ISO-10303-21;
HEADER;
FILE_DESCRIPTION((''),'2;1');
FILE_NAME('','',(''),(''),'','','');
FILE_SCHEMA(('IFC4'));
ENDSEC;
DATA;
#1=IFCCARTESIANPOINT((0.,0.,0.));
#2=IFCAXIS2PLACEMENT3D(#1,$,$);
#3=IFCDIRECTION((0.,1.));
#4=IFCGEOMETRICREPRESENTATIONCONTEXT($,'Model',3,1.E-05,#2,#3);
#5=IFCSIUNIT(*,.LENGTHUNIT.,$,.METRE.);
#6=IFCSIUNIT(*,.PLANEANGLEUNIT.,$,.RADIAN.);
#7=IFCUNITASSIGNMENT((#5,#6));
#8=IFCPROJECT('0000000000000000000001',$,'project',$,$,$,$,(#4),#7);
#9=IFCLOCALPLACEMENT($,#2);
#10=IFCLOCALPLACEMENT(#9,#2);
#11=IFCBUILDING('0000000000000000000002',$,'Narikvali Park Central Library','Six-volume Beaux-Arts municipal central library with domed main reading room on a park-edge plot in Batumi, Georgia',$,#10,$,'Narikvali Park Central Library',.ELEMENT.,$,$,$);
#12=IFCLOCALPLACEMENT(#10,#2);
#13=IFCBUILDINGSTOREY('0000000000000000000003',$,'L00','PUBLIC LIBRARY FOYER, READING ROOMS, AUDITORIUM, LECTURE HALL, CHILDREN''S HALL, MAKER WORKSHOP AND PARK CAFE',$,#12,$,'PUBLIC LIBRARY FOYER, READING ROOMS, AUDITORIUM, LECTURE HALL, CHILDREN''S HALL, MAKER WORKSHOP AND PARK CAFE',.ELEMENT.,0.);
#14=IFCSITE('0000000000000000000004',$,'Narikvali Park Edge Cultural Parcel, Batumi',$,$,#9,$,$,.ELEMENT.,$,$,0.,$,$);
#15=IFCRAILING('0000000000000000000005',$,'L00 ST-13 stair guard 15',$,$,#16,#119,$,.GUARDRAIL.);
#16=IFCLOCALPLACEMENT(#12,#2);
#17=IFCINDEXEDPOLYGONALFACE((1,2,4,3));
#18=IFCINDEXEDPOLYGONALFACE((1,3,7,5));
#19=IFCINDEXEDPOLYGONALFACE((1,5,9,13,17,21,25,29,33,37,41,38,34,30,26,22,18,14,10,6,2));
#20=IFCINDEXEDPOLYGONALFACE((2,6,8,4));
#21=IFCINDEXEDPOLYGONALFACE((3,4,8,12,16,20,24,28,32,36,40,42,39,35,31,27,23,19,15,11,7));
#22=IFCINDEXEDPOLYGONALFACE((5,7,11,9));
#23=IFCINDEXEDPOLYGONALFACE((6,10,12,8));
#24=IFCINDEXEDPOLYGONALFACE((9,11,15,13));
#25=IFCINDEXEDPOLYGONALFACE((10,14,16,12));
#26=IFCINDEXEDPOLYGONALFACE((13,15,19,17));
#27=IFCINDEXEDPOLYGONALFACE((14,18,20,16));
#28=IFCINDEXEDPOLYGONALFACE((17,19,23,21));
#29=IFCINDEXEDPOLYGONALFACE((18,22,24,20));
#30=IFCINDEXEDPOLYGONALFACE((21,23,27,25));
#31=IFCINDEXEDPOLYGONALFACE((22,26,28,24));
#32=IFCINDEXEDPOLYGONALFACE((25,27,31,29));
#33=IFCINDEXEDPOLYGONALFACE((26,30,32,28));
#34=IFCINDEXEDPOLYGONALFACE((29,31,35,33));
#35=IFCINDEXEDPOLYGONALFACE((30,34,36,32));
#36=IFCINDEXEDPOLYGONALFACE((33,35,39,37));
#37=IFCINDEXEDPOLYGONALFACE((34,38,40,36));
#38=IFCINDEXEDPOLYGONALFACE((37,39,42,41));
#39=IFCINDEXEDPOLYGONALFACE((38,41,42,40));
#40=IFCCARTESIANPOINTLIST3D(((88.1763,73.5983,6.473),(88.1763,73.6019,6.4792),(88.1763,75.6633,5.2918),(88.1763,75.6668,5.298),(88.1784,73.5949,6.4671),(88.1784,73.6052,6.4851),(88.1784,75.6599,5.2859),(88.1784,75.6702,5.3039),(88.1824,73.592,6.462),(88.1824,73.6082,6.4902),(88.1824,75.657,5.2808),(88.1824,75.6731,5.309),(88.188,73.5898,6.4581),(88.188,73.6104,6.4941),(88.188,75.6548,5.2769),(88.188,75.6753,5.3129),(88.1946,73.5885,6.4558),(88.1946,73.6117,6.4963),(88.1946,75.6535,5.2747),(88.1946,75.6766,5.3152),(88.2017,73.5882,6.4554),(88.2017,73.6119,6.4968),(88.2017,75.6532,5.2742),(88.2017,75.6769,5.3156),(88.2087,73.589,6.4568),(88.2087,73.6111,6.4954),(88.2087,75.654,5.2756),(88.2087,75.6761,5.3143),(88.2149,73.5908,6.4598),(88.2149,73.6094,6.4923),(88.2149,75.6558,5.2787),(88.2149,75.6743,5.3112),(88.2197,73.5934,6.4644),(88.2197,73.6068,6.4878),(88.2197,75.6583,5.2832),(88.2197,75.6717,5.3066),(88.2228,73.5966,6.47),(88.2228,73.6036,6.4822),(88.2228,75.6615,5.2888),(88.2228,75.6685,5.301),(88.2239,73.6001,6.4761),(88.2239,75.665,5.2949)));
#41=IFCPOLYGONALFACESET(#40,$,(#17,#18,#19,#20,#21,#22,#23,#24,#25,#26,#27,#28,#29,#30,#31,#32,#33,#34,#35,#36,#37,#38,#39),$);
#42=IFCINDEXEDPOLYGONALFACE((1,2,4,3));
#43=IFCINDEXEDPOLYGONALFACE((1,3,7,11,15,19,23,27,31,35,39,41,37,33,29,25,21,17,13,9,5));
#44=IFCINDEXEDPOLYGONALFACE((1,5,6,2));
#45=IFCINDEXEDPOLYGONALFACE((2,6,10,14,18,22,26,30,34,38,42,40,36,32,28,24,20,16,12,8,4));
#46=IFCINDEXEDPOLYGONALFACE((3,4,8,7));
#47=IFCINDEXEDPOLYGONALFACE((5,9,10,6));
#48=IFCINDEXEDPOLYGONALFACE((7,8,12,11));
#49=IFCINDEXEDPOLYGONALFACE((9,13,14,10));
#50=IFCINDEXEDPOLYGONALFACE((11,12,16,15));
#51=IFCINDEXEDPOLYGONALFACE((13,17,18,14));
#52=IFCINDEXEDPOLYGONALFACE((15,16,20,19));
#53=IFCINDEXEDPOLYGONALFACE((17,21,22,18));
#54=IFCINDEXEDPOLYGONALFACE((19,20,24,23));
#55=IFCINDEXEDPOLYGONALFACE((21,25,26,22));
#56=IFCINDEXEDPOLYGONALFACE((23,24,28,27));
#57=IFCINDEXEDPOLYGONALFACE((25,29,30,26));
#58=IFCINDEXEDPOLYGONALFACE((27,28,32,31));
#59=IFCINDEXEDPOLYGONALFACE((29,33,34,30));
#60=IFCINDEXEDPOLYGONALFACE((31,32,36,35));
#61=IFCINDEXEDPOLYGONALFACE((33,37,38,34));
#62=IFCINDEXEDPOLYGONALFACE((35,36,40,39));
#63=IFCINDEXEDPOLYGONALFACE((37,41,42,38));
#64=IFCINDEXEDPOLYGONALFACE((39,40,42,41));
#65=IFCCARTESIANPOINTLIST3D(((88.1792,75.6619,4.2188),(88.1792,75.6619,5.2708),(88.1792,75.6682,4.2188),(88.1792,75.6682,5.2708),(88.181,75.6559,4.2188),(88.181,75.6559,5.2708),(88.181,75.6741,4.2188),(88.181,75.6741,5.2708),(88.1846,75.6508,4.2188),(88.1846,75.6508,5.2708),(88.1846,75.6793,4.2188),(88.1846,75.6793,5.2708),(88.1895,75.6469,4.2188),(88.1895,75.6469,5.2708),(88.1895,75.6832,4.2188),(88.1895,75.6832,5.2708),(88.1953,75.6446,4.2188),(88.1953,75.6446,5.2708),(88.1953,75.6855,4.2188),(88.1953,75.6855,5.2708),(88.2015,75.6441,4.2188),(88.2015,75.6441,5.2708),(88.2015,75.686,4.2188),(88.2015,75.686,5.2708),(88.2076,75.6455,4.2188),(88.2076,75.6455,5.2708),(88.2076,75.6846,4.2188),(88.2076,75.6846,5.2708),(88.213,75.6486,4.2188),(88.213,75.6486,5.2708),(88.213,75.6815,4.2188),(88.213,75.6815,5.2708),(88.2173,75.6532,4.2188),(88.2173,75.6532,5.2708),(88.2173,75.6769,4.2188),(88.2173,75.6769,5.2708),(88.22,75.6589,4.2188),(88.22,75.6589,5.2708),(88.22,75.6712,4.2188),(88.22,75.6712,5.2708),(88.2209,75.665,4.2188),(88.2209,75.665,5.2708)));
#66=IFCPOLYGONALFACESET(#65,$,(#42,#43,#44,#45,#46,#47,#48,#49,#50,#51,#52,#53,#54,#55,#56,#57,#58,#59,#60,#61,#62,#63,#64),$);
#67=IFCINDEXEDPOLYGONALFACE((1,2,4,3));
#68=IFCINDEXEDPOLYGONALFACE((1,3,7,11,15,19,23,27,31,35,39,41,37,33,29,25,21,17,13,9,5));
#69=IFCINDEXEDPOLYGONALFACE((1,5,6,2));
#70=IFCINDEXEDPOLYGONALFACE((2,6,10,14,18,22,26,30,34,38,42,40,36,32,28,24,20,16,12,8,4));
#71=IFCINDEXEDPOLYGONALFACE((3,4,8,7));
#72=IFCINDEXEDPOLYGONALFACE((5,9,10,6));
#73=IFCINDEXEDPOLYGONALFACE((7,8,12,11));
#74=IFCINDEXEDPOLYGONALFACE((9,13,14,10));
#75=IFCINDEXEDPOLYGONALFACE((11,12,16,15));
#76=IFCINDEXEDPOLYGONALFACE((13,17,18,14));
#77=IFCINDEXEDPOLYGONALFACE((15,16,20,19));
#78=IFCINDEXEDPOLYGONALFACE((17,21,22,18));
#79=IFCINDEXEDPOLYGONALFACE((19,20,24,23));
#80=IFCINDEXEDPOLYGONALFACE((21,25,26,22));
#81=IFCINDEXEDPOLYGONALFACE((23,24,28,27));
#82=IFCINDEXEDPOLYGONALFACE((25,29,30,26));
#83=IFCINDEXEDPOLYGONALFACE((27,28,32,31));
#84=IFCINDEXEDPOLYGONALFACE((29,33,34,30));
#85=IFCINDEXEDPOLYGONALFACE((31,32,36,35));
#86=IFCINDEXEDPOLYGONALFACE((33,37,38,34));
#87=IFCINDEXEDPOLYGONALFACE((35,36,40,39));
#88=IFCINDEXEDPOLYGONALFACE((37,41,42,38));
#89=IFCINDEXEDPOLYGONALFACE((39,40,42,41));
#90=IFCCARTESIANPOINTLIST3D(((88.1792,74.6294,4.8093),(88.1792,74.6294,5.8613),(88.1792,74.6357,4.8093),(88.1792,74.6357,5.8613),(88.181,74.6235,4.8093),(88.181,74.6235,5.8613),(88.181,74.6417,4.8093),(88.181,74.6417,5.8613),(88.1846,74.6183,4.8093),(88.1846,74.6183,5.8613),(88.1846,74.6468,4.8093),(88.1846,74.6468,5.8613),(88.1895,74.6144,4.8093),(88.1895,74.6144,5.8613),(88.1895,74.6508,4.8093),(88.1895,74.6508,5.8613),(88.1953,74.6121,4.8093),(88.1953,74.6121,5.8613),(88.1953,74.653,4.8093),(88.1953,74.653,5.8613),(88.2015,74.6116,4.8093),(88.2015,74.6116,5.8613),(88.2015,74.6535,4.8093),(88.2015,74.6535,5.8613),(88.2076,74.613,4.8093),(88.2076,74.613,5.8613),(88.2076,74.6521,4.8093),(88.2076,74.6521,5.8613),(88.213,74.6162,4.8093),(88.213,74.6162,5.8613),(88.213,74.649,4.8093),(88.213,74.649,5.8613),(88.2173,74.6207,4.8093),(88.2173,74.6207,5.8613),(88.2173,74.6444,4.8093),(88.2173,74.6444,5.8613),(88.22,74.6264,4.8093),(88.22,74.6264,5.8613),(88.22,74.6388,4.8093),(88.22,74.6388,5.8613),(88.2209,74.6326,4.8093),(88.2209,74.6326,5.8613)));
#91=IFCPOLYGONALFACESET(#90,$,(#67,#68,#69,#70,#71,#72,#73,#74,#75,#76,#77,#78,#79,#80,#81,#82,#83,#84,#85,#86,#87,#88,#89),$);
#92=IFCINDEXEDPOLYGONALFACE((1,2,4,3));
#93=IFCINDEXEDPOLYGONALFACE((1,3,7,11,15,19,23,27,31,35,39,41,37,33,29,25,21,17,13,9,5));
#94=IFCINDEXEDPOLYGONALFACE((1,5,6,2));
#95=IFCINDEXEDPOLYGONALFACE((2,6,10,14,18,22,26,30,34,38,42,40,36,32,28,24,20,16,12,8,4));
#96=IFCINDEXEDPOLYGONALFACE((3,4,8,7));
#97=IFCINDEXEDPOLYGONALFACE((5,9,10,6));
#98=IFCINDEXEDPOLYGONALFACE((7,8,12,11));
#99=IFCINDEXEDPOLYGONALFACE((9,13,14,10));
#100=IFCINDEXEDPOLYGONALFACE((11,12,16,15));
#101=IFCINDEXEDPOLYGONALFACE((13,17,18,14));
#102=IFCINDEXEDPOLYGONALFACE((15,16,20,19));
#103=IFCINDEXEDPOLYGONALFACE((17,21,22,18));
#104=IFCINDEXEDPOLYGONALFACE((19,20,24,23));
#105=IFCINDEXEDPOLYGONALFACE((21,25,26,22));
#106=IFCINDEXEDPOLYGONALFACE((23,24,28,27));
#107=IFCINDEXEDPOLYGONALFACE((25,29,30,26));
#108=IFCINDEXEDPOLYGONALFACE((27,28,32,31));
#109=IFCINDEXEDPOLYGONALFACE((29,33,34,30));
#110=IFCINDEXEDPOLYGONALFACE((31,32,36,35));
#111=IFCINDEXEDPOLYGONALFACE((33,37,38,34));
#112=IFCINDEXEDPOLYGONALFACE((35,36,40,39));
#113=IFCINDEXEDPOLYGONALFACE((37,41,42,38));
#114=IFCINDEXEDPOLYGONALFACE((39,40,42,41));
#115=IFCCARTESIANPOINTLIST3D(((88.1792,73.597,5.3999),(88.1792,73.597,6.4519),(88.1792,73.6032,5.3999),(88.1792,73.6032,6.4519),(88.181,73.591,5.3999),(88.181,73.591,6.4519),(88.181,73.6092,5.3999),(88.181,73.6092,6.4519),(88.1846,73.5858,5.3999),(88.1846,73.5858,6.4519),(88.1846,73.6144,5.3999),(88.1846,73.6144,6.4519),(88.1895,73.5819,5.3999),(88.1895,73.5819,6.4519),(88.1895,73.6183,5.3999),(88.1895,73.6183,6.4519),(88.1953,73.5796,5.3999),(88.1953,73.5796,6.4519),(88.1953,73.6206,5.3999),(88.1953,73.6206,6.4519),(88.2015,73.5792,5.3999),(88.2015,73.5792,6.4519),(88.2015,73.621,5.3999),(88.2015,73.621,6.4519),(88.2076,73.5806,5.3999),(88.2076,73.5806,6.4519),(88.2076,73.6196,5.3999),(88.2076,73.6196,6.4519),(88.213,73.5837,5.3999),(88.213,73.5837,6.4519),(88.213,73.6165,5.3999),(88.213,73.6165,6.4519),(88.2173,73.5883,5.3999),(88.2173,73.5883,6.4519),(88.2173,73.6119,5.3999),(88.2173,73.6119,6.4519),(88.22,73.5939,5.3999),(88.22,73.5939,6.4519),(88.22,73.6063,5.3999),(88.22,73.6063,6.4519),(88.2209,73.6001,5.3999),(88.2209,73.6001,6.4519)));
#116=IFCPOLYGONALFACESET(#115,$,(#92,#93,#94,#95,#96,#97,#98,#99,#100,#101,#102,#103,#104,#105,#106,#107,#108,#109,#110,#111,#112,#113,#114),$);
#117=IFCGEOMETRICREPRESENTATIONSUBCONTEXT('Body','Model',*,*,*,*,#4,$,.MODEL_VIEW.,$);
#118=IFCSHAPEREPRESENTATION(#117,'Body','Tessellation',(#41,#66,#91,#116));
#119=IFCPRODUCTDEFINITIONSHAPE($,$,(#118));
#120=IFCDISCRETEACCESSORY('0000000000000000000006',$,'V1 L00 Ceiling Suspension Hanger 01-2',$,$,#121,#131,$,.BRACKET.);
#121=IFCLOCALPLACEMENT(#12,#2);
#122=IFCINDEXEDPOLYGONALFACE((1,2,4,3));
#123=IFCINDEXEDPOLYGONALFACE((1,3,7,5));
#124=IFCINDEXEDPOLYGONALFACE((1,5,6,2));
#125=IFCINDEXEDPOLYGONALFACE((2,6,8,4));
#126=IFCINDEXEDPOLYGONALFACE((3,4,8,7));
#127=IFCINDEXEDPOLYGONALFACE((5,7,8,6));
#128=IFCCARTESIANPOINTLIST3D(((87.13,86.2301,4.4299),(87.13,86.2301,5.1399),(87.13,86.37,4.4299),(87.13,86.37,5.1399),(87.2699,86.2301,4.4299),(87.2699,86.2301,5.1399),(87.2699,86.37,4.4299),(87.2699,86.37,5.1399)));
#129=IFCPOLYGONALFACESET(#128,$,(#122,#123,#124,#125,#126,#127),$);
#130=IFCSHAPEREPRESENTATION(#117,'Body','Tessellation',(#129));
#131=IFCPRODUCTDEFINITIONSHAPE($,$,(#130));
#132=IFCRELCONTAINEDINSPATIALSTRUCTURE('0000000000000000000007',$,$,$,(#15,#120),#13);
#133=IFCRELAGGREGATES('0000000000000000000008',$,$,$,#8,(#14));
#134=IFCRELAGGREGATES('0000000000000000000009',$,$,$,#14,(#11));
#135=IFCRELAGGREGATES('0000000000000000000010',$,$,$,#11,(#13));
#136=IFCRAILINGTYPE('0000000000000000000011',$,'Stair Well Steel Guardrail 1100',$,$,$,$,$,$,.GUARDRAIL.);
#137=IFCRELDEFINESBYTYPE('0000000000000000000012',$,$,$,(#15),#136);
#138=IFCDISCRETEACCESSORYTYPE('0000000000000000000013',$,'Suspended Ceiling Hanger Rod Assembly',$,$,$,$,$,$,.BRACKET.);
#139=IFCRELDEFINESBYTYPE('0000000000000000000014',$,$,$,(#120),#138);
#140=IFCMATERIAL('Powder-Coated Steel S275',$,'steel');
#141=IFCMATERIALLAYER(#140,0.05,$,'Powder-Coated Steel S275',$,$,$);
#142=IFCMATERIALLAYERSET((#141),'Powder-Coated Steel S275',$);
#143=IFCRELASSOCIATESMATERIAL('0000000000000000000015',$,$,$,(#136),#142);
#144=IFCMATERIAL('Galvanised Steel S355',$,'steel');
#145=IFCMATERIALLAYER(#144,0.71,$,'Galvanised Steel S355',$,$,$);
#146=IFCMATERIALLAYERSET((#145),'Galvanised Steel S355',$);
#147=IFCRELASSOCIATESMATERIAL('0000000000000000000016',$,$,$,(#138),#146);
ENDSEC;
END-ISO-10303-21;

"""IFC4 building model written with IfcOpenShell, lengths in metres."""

from ifc_helpers import new_model, si_unit, direction, frame, origin, origin_2d, place, context, subcontext, project, spatial, rectangle, circle, extrude, material, layer, layer_set, type_object, element, save


model = new_model("IFC4")

# Units and contexts
model_context = context("Model", 3, precision=1e-05, world=origin(), true_north=direction((0.0, 1.0)))
body_context = subcontext(model_context, "Body", "Model", "MODEL_VIEW")
ifc_project = project(units=[si_unit("LENGTHUNIT", "METRE"), si_unit("PLANEANGLEUNIT", "RADIAN")], contexts=[model_context])

# Site, building, storey
site_placement = place(None, origin())
site = spatial("IfcSite", under=ifc_project, at=site_placement, Name="Narikvali Park Edge Cultural Parcel, Batumi", CompositionType="ELEMENT", RefElevation=0.0)
building_placement = place(site_placement, origin())
building = spatial("IfcBuilding", under=site, at=building_placement, Name="Narikvali Park Central Library", Description="Six-volume Beaux-Arts municipal central library with domed main reading room on a park-edge plot in Batumi, Georgia", LongName="Narikvali Park Central Library", CompositionType="ELEMENT")
storey_placement = place(building_placement, origin())
storey = spatial("IfcBuildingStorey", under=building, at=storey_placement, Name="L00", Description="PUBLIC LIBRARY FOYER, READING ROOMS, AUDITORIUM, LECTURE HALL, CHILDREN'S HALL, MAKER WORKSHOP AND PARK CAFE", LongName="PUBLIC LIBRARY FOYER, READING ROOMS, AUDITORIUM, LECTURE HALL, CHILDREN'S HALL, MAKER WORKSHOP AND PARK CAFE", CompositionType="ELEMENT", Elevation=0.0)

# Railing
ifc_material_1 = material(Name="Powder-Coated Steel S275", Category="steel")
ifc_layer_1 = layer(ifc_material_1, 0.05, Name="Powder-Coated Steel S275")
ifc_layer_set_1 = layer_set([ifc_layer_1], Name="Powder-Coated Steel S275")
railing_type_1 = type_object("IfcRailingType", Name="Stair Well Steel Guardrail 1100", PredefinedType="GUARDRAIL", material=ifc_layer_set_1)
railing_1_placement = place(storey_placement, frame((88.2, 75.665, 4.2188)))
element("IfcRailing", 1, at=railing_1_placement, inside=storey, type_object=railing_type_1, Name="L00 ST-13 stair guard 15", PredefinedType="GUARDRAIL", context=body_context, shape_type="SweptSolid", body=[
    extrude(circle(Radius=0.0239, at=origin_2d()), frame((0.0, 0.0, 1.0762), z_axis=(0.0, -0.868028, 0.496515), x_axis=(1.0, 0.0, 0.0)), (0.0, 0.0, 1.0), 2.3789),
    extrude(circle(Radius=0.021, at=origin_2d()), origin(), (0.0, 0.0, 1.0), 1.052),
    extrude(circle(Radius=0.021, at=origin_2d()), frame((0.0, -1.0325, 0.5906)), (0.0, 0.0, 1.0), 1.052),
    extrude(circle(Radius=0.021, at=origin_2d()), frame((0.0, -2.0649, 1.1812)), (0.0, 0.0, 1.0), 1.052),
])

# Discrete accessory
ifc_material_2 = material(Name="Galvanised Steel S355", Category="steel")
ifc_layer_2 = layer(ifc_material_2, 0.71, Name="Galvanised Steel S355")
ifc_layer_set_2 = layer_set([ifc_layer_2], Name="Galvanised Steel S355")
discrete_accessory_type = type_object("IfcDiscreteAccessoryType", Name="Suspended Ceiling Hanger Rod Assembly", PredefinedType="BRACKET", material=ifc_layer_set_2)
discrete_accessory_placement = place(storey_placement, frame((87.2, 86.3, 4.4299), z_axis=(0.0, 0.0, 1.0), x_axis=(1.0, 0.0, 0.0)))
element("IfcDiscreteAccessory", 2, at=discrete_accessory_placement, inside=storey, type_object=discrete_accessory_type, Name="V1 L00 Ceiling Suspension Hanger 01-2", PredefinedType="BRACKET", context=body_context, shape_type="SweptSolid", body=[
    extrude(rectangle(XDim=0.1399, YDim=0.1399, at=origin_2d()), origin(), (0.0, 0.0, 1.0), 0.71),
])

save(model, "model.ifc")
